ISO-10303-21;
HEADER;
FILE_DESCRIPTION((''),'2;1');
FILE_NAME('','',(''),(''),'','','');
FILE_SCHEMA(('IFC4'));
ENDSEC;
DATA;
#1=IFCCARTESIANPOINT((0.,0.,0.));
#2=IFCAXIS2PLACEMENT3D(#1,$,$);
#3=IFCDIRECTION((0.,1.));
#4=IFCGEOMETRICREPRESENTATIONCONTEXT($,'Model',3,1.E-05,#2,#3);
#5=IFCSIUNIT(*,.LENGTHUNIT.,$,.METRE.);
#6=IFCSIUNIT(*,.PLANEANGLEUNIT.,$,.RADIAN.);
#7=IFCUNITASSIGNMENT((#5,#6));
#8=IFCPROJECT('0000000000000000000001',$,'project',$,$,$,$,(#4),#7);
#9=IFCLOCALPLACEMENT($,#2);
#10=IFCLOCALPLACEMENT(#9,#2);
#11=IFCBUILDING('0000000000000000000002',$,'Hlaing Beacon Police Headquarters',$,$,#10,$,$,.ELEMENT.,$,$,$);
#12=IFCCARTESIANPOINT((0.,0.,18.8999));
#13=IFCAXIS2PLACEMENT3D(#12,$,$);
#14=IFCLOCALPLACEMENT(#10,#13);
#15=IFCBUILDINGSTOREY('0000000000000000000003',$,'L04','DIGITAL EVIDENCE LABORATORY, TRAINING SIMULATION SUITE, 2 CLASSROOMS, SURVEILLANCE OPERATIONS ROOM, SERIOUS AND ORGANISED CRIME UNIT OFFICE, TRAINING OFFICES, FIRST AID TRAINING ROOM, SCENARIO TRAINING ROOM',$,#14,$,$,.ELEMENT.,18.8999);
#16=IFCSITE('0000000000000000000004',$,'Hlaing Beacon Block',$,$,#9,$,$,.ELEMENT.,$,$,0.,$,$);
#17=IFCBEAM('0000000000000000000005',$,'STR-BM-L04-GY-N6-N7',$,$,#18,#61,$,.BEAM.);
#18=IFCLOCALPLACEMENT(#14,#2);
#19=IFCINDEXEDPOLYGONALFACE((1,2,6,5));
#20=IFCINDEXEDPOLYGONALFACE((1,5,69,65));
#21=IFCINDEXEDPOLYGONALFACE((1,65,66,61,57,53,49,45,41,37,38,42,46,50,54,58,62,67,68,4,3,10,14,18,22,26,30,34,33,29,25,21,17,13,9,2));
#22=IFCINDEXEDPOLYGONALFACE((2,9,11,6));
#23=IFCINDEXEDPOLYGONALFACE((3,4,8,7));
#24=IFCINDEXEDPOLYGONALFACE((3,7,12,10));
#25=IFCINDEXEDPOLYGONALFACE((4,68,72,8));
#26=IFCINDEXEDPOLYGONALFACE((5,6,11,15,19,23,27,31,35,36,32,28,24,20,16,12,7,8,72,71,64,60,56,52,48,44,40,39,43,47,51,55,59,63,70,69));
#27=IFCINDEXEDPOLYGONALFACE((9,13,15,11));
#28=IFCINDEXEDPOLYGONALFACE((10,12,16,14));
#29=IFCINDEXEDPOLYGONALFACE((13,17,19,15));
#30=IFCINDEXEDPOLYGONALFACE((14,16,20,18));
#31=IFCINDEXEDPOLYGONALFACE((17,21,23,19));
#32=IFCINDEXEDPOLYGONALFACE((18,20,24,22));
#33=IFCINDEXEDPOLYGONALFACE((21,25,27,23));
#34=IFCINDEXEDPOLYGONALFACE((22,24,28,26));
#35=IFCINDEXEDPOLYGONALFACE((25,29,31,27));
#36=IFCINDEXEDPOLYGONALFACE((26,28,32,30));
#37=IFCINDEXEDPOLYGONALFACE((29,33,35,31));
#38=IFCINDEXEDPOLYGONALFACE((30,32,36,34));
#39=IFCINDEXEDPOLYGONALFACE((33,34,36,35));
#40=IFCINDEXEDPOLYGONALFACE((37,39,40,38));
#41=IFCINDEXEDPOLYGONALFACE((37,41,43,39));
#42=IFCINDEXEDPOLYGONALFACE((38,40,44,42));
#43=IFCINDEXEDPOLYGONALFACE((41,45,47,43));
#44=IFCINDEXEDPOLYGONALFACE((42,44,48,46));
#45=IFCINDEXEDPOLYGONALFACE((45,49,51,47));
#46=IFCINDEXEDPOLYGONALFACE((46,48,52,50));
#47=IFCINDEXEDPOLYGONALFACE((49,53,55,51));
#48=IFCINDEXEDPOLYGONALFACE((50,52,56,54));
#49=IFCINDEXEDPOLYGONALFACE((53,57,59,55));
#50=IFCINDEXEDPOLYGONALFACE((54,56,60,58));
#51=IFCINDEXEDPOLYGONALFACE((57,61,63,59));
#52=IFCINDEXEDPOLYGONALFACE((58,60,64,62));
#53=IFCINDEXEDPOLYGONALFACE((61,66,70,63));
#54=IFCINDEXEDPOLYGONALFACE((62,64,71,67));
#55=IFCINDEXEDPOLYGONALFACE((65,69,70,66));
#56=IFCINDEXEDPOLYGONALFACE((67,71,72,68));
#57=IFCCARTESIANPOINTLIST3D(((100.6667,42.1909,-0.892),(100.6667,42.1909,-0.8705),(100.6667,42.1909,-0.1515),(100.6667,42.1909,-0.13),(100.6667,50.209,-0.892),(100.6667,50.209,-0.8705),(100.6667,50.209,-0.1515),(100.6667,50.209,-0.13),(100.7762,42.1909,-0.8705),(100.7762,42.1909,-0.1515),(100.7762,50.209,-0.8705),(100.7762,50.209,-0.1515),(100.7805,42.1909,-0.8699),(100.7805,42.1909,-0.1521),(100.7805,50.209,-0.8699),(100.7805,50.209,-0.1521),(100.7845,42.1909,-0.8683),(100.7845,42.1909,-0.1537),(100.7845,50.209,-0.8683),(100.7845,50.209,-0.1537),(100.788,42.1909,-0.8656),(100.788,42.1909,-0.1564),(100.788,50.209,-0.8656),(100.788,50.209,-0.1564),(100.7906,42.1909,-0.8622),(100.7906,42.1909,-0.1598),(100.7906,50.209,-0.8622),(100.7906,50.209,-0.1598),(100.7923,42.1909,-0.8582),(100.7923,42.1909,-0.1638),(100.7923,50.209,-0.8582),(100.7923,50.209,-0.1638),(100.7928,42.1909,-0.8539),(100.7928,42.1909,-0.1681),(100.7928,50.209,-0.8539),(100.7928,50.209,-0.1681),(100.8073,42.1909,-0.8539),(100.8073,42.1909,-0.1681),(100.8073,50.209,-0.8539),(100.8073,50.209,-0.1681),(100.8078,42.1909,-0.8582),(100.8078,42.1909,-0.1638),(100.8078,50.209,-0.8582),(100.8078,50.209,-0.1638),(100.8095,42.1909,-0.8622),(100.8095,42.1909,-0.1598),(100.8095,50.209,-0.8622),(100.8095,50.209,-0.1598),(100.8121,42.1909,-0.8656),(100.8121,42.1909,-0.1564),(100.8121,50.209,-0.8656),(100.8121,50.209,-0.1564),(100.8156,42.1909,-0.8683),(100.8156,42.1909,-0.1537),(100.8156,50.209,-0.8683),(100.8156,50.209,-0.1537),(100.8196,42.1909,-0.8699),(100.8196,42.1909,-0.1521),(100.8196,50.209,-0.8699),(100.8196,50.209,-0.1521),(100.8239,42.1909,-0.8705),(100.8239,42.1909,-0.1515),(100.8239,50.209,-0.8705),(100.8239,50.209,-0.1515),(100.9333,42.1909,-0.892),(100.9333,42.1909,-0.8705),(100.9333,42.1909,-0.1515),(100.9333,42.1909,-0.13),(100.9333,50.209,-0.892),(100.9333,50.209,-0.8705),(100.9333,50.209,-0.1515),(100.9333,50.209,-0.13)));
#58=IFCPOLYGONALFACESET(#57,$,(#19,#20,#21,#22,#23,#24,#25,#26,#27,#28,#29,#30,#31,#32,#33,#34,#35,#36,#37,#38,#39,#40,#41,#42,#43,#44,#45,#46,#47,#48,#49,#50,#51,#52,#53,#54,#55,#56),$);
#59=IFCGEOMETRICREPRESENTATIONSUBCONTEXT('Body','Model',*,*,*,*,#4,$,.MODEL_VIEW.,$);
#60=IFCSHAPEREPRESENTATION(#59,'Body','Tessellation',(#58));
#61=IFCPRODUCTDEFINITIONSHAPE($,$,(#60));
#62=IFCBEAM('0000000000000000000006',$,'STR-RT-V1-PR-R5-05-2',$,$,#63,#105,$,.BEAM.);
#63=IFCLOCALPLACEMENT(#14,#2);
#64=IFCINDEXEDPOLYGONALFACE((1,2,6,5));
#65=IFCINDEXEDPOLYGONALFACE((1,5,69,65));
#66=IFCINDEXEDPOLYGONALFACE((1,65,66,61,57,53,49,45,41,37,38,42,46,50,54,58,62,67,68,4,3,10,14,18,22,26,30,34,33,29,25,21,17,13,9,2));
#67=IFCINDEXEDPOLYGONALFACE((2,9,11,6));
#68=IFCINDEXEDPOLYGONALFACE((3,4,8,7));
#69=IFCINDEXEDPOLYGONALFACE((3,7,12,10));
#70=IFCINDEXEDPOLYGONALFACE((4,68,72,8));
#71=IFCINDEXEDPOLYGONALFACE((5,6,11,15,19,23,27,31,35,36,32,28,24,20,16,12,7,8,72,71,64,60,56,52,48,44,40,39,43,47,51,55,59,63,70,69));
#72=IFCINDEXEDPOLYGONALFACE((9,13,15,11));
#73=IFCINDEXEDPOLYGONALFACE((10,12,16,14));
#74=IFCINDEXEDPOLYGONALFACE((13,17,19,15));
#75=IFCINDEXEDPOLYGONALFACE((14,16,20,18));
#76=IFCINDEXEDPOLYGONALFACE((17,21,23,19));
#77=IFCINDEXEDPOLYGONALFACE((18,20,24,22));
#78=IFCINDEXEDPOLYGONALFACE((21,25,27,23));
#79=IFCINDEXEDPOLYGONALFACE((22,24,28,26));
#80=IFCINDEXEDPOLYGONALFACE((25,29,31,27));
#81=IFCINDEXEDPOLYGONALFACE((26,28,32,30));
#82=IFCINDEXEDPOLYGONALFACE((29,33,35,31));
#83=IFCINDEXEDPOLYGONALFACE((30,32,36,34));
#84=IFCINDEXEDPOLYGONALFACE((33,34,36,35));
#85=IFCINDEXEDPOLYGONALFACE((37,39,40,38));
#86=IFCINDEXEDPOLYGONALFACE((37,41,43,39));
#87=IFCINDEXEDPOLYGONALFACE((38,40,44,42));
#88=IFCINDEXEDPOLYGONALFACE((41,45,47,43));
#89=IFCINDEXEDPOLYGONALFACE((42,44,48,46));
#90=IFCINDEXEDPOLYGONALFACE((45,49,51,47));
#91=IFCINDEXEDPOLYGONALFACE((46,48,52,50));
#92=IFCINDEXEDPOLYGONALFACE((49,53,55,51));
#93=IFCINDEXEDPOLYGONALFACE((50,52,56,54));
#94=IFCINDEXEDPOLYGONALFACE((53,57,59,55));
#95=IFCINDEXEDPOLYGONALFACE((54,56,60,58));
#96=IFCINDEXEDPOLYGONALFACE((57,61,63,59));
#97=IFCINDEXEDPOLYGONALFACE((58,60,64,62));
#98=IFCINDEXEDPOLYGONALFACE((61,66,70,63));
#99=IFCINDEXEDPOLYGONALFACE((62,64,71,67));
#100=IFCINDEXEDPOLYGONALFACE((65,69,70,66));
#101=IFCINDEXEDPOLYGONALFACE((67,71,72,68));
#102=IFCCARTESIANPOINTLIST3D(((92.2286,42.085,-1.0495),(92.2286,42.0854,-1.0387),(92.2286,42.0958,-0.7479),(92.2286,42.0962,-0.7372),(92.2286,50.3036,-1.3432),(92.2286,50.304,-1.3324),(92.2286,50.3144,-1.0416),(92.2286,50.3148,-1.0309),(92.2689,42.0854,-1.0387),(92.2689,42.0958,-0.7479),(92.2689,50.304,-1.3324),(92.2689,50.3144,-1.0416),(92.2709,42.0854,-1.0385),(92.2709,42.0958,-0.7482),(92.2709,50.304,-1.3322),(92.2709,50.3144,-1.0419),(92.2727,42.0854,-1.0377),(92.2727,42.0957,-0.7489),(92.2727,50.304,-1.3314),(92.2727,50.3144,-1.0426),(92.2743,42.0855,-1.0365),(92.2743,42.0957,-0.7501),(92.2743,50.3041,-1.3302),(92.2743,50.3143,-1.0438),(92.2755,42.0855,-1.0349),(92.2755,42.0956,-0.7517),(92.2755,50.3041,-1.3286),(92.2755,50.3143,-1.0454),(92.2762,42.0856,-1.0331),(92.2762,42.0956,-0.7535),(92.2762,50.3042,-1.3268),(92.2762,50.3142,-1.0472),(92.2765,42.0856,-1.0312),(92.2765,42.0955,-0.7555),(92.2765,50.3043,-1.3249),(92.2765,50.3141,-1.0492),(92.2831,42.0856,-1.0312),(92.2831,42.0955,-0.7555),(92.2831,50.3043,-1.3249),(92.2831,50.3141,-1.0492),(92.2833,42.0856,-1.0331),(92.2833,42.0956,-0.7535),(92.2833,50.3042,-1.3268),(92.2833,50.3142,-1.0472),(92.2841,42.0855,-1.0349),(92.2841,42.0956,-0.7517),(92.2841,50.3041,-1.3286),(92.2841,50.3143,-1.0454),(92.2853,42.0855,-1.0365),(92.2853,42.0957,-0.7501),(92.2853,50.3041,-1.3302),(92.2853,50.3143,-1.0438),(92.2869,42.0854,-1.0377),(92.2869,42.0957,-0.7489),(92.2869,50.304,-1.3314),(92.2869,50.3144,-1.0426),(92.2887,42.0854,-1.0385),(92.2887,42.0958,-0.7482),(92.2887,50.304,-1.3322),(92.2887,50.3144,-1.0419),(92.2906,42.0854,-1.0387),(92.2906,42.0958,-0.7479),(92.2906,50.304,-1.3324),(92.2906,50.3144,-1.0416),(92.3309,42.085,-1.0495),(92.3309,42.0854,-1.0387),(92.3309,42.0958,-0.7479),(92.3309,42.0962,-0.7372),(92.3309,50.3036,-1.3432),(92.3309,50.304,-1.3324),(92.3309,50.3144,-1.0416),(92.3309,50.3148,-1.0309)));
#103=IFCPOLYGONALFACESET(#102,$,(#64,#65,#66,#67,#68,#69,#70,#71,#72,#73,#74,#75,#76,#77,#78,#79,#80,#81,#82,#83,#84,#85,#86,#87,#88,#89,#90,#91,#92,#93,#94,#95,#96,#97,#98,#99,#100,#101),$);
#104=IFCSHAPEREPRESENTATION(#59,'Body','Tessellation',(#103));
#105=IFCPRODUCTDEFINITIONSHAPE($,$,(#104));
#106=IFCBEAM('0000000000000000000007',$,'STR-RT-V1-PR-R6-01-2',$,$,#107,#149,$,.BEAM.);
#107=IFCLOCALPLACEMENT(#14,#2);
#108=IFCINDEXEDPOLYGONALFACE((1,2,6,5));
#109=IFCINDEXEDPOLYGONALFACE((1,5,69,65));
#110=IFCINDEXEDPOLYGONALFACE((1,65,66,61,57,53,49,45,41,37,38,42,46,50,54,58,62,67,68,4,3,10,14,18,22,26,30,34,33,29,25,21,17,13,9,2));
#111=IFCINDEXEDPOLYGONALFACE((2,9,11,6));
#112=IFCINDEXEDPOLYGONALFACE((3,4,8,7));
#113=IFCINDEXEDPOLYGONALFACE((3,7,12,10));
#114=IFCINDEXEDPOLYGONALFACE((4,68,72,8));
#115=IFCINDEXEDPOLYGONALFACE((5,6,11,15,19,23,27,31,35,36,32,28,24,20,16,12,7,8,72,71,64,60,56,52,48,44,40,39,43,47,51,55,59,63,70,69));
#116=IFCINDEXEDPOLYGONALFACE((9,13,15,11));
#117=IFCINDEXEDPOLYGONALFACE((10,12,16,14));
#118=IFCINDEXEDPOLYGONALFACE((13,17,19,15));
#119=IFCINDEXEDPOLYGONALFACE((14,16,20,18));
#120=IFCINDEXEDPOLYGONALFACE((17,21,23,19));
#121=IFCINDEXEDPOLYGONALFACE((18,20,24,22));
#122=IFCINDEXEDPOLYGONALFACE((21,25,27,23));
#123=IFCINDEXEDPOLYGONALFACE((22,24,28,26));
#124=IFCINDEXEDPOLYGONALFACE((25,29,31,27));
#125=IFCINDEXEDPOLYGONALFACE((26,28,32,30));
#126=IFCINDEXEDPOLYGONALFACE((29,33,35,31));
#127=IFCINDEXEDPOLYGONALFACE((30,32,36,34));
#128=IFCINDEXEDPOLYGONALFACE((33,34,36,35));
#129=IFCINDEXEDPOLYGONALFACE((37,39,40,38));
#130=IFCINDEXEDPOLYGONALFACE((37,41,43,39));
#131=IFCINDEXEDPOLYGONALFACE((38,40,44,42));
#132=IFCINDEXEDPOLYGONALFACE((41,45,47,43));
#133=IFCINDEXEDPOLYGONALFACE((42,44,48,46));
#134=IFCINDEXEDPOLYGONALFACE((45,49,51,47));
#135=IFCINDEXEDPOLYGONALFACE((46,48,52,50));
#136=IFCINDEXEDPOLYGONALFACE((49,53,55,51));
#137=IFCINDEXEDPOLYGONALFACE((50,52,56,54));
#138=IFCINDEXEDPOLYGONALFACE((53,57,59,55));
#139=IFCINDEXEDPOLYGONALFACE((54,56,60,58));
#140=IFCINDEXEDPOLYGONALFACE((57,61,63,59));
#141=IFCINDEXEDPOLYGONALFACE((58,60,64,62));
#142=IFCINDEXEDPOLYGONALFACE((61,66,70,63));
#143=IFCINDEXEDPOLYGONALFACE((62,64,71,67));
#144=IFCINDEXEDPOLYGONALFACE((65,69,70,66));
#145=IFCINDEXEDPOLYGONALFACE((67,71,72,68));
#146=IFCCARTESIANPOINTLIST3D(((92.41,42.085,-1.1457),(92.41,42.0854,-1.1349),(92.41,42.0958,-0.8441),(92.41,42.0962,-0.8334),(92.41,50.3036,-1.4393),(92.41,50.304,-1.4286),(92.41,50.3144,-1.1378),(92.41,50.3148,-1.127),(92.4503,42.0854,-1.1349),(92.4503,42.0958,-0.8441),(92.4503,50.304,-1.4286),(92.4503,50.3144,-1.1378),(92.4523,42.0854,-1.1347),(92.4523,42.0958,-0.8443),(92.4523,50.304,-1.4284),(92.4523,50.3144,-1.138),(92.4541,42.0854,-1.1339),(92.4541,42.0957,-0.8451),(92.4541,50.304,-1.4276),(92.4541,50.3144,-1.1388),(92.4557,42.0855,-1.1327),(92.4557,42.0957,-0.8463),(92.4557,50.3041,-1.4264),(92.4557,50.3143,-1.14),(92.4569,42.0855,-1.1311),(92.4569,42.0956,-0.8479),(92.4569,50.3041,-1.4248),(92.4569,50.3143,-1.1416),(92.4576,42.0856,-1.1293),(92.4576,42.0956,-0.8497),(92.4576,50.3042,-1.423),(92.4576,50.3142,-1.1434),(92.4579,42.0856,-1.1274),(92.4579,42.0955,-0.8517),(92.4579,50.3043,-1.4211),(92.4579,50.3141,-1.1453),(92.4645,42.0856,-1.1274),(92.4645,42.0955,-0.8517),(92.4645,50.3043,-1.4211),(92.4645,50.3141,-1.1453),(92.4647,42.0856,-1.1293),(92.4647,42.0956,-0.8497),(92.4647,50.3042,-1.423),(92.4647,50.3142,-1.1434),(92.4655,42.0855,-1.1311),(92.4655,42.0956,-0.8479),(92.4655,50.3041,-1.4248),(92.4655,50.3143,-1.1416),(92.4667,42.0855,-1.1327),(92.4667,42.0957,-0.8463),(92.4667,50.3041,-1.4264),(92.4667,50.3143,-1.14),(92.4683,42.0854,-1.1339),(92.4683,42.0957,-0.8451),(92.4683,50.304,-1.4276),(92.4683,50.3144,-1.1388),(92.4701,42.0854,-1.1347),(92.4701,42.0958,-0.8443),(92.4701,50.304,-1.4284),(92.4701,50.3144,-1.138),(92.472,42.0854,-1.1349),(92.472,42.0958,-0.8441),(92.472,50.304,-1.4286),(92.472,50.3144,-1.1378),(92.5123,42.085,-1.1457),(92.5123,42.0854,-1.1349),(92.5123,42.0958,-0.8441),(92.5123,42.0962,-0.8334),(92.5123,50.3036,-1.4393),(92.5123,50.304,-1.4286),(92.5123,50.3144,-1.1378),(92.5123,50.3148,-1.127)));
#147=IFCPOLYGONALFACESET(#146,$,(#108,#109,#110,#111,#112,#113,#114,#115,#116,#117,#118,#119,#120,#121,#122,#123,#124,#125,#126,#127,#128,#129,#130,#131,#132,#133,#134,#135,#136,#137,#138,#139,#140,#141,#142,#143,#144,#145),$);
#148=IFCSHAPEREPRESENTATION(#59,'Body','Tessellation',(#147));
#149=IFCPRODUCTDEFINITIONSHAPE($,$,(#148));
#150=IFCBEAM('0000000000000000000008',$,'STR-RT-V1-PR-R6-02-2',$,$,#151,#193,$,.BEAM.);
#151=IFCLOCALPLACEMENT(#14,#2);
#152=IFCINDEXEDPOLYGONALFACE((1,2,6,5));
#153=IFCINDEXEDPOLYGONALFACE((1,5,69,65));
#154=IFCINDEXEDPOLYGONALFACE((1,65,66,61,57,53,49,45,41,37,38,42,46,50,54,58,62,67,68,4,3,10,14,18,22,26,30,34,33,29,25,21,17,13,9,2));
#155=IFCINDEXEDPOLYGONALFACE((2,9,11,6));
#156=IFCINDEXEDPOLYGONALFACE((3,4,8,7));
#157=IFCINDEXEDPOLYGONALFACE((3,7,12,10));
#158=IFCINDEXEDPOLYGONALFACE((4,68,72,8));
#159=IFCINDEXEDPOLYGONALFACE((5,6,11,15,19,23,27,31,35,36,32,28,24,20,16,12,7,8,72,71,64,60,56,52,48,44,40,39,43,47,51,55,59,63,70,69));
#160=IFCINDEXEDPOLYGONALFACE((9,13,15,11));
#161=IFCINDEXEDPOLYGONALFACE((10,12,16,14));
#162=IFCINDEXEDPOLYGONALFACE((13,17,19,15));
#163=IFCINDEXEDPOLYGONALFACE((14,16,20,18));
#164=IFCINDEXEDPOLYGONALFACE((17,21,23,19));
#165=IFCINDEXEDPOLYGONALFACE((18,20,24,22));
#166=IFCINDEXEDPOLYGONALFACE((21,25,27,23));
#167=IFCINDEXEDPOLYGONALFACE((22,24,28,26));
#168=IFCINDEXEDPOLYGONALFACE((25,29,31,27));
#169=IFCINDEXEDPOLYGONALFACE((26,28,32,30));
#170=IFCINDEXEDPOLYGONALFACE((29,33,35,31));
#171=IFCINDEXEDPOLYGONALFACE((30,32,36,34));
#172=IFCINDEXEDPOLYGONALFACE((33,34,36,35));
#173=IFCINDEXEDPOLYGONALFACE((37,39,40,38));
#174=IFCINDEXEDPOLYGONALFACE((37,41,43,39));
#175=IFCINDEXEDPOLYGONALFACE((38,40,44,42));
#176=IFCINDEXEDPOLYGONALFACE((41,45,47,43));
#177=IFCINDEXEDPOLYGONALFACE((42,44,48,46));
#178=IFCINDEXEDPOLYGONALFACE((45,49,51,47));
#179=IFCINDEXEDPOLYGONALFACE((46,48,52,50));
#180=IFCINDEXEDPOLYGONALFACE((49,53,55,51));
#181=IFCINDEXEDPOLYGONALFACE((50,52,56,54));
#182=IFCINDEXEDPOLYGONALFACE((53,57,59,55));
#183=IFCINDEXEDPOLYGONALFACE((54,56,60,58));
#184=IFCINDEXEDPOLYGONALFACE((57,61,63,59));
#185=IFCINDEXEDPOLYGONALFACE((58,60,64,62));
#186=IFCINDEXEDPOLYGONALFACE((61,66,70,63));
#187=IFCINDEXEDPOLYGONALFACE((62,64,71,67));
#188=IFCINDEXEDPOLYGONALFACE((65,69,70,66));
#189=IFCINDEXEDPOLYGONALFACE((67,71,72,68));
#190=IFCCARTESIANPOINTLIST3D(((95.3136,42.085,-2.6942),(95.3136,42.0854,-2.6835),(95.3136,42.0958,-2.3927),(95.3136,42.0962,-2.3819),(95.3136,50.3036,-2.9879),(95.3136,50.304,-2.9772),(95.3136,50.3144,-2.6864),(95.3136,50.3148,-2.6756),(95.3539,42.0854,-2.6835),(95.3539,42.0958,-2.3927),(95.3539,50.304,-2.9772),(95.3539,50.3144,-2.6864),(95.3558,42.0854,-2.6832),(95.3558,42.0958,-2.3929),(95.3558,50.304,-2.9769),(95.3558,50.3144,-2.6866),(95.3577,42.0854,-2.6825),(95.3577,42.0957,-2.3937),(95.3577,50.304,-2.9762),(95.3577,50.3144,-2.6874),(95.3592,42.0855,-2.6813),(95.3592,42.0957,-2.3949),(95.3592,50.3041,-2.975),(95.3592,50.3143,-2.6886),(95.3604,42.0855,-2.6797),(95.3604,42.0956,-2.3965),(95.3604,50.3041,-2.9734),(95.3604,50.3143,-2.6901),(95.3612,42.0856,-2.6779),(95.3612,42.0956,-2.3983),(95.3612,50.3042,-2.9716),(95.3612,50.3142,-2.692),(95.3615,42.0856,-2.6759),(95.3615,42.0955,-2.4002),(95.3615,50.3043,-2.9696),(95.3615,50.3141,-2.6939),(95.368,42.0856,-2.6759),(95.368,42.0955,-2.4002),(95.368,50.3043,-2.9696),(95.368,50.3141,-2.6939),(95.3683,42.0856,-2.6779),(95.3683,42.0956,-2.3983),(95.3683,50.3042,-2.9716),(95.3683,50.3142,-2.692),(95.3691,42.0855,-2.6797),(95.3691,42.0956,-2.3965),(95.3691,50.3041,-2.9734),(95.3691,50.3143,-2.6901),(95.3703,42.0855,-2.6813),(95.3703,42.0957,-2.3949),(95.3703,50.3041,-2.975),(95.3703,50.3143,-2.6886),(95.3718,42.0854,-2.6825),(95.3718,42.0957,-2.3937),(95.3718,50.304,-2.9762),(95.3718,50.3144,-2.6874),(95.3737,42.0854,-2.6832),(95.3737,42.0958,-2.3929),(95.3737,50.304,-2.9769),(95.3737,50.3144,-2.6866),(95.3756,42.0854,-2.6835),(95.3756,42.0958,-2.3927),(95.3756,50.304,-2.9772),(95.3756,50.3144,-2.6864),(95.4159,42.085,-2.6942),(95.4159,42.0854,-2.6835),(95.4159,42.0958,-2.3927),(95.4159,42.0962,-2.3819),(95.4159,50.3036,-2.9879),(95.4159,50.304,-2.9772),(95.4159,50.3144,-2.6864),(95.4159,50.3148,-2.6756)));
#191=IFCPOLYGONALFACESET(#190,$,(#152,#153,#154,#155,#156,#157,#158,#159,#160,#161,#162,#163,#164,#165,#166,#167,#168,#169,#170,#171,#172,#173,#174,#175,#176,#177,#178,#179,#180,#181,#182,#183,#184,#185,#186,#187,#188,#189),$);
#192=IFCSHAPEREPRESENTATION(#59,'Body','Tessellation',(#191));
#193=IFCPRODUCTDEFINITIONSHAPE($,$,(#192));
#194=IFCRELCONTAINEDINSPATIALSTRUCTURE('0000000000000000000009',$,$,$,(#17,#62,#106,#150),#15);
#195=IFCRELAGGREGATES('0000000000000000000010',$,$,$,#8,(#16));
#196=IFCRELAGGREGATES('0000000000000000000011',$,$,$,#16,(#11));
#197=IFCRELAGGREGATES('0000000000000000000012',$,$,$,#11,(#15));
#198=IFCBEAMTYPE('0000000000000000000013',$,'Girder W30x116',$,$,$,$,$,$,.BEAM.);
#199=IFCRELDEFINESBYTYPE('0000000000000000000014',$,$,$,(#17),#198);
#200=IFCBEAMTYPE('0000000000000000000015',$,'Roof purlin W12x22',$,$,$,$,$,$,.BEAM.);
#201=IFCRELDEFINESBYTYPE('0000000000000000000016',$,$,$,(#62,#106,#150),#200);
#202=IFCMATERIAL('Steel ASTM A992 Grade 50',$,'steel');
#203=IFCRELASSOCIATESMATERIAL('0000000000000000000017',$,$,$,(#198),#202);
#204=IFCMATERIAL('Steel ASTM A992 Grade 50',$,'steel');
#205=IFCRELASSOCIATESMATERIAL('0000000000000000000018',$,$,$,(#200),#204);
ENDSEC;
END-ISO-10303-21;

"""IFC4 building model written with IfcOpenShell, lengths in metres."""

from ifc_helpers import new_model, si_unit, direction, frame, origin, origin_2d, place, context, subcontext, project, spatial, i_section, extrude, material, material_profile, profile_set, type_object, element, save


model = new_model("IFC4")

# Units and contexts
model_context = context("Model", 3, precision=1e-05, world=origin(), true_north=direction((0.0, 1.0)))
body_context = subcontext(model_context, "Body", "Model", "MODEL_VIEW")
ifc_project = project(units=[si_unit("LENGTHUNIT", "METRE"), si_unit("PLANEANGLEUNIT", "RADIAN")], contexts=[model_context])

# Site, building, storey
site_placement = place(None, origin())
site = spatial("IfcSite", under=ifc_project, at=site_placement, Name="Hlaing Beacon Block", CompositionType="ELEMENT", RefElevation=0.0)
building_placement = place(site_placement, origin())
building = spatial("IfcBuilding", under=site, at=building_placement, Name="Hlaing Beacon Police Headquarters", CompositionType="ELEMENT")
storey_placement = place(building_placement, frame((0.0, 0.0, 18.8999)))
storey = spatial("IfcBuildingStorey", under=building, at=storey_placement, Name="L04", Description="DIGITAL EVIDENCE LABORATORY, TRAINING SIMULATION SUITE, 2 CLASSROOMS, SURVEILLANCE OPERATIONS ROOM, SERIOUS AND ORGANISED CRIME UNIT OFFICE, TRAINING OFFICES, FIRST AID TRAINING ROOM, SCENARIO TRAINING ROOM", CompositionType="ELEMENT", Elevation=18.8999)

# Beams
ifc_material_1 = material(Name="Steel ASTM A992 Grade 50", Category="steel")
ifc_material_profile_1 = material_profile(ifc_material_1, i_section(OverallWidth=0.2666, OverallDepth=0.762, WebThickness=0.0144, FlangeThickness=0.0215, FilletRadius=0.0166, at=origin_2d()), Name="W30x116")
ifc_profile_set_1 = profile_set([ifc_material_profile_1], Name="Steel ASTM A992 Grade 50")
beam_type_1 = type_object("IfcBeamType", Name="Girder W30x116", PredefinedType="BEAM", material=ifc_profile_set_1)
beam_1_placement = place(storey_placement, frame((100.8, 42.1909, -0.511), z_axis=(0.0, 1.0, 0.0), x_axis=(-1.0, 0.0, 0.0)))
element("IfcBeam", 1, at=beam_1_placement, inside=storey, type_object=beam_type_1, Name="STR-BM-L04-GY-N6-N7", PredefinedType="BEAM", context=body_context, shape_type="SweptSolid", body=[
    extrude(i_section(OverallWidth=0.2666, OverallDepth=0.762, WebThickness=0.0144, FlangeThickness=0.0215, FilletRadius=0.0166, at=origin_2d()), origin(), (0.0, 0.0, 1.0), 8.0181),
])
ifc_material_2 = material(Name="Steel ASTM A992 Grade 50", Category="steel")
ifc_material_profile_2 = material_profile(ifc_material_2, i_section(OverallWidth=0.1023, OverallDepth=0.3125, WebThickness=0.0066, FlangeThickness=0.0107, FilletRadius=0.0076, at=origin_2d()), Name="W12x22")
ifc_profile_set_2 = profile_set([ifc_material_profile_2], Name="Steel ASTM A992 Grade 50")
beam_type_2 = type_object("IfcBeamType", Name="Roof purlin W12x22", PredefinedType="BEAM", material=ifc_profile_set_2)
for number, where, z_axis, x_axis, name in (
    (2, (92.2798, 42.0906, -0.8933), (0.0, 0.999362, -0.035713), (-1.0, 0.0, 0.0), "STR-RT-V1-PR-R5-05-2"),
    (3, (92.4612, 42.0906, -0.9895), (0.0, 0.999362, -0.035713), (-1.0, 0.0, 0.0), "STR-RT-V1-PR-R6-01-2"),
    (4, (95.3647, 42.0906, -2.5381), (0.0, 0.999362, -0.035713), (-1.0, 0.0, 0.0), "STR-RT-V1-PR-R6-02-2"),
):
    element("IfcBeam", number, at=place(storey_placement, frame(where, z_axis=z_axis, x_axis=x_axis)), inside=storey, type_object=beam_type_2, Name=name, PredefinedType="BEAM", context=body_context, shape_type="SweptSolid", body=[
        extrude(i_section(OverallWidth=0.1023, OverallDepth=0.3125, WebThickness=0.0066, FlangeThickness=0.0107, FilletRadius=0.0076, at=origin_2d()), origin(), (0.0, 0.0, 1.0), 8.2239),
    ])

save(model, "model.ifc")
